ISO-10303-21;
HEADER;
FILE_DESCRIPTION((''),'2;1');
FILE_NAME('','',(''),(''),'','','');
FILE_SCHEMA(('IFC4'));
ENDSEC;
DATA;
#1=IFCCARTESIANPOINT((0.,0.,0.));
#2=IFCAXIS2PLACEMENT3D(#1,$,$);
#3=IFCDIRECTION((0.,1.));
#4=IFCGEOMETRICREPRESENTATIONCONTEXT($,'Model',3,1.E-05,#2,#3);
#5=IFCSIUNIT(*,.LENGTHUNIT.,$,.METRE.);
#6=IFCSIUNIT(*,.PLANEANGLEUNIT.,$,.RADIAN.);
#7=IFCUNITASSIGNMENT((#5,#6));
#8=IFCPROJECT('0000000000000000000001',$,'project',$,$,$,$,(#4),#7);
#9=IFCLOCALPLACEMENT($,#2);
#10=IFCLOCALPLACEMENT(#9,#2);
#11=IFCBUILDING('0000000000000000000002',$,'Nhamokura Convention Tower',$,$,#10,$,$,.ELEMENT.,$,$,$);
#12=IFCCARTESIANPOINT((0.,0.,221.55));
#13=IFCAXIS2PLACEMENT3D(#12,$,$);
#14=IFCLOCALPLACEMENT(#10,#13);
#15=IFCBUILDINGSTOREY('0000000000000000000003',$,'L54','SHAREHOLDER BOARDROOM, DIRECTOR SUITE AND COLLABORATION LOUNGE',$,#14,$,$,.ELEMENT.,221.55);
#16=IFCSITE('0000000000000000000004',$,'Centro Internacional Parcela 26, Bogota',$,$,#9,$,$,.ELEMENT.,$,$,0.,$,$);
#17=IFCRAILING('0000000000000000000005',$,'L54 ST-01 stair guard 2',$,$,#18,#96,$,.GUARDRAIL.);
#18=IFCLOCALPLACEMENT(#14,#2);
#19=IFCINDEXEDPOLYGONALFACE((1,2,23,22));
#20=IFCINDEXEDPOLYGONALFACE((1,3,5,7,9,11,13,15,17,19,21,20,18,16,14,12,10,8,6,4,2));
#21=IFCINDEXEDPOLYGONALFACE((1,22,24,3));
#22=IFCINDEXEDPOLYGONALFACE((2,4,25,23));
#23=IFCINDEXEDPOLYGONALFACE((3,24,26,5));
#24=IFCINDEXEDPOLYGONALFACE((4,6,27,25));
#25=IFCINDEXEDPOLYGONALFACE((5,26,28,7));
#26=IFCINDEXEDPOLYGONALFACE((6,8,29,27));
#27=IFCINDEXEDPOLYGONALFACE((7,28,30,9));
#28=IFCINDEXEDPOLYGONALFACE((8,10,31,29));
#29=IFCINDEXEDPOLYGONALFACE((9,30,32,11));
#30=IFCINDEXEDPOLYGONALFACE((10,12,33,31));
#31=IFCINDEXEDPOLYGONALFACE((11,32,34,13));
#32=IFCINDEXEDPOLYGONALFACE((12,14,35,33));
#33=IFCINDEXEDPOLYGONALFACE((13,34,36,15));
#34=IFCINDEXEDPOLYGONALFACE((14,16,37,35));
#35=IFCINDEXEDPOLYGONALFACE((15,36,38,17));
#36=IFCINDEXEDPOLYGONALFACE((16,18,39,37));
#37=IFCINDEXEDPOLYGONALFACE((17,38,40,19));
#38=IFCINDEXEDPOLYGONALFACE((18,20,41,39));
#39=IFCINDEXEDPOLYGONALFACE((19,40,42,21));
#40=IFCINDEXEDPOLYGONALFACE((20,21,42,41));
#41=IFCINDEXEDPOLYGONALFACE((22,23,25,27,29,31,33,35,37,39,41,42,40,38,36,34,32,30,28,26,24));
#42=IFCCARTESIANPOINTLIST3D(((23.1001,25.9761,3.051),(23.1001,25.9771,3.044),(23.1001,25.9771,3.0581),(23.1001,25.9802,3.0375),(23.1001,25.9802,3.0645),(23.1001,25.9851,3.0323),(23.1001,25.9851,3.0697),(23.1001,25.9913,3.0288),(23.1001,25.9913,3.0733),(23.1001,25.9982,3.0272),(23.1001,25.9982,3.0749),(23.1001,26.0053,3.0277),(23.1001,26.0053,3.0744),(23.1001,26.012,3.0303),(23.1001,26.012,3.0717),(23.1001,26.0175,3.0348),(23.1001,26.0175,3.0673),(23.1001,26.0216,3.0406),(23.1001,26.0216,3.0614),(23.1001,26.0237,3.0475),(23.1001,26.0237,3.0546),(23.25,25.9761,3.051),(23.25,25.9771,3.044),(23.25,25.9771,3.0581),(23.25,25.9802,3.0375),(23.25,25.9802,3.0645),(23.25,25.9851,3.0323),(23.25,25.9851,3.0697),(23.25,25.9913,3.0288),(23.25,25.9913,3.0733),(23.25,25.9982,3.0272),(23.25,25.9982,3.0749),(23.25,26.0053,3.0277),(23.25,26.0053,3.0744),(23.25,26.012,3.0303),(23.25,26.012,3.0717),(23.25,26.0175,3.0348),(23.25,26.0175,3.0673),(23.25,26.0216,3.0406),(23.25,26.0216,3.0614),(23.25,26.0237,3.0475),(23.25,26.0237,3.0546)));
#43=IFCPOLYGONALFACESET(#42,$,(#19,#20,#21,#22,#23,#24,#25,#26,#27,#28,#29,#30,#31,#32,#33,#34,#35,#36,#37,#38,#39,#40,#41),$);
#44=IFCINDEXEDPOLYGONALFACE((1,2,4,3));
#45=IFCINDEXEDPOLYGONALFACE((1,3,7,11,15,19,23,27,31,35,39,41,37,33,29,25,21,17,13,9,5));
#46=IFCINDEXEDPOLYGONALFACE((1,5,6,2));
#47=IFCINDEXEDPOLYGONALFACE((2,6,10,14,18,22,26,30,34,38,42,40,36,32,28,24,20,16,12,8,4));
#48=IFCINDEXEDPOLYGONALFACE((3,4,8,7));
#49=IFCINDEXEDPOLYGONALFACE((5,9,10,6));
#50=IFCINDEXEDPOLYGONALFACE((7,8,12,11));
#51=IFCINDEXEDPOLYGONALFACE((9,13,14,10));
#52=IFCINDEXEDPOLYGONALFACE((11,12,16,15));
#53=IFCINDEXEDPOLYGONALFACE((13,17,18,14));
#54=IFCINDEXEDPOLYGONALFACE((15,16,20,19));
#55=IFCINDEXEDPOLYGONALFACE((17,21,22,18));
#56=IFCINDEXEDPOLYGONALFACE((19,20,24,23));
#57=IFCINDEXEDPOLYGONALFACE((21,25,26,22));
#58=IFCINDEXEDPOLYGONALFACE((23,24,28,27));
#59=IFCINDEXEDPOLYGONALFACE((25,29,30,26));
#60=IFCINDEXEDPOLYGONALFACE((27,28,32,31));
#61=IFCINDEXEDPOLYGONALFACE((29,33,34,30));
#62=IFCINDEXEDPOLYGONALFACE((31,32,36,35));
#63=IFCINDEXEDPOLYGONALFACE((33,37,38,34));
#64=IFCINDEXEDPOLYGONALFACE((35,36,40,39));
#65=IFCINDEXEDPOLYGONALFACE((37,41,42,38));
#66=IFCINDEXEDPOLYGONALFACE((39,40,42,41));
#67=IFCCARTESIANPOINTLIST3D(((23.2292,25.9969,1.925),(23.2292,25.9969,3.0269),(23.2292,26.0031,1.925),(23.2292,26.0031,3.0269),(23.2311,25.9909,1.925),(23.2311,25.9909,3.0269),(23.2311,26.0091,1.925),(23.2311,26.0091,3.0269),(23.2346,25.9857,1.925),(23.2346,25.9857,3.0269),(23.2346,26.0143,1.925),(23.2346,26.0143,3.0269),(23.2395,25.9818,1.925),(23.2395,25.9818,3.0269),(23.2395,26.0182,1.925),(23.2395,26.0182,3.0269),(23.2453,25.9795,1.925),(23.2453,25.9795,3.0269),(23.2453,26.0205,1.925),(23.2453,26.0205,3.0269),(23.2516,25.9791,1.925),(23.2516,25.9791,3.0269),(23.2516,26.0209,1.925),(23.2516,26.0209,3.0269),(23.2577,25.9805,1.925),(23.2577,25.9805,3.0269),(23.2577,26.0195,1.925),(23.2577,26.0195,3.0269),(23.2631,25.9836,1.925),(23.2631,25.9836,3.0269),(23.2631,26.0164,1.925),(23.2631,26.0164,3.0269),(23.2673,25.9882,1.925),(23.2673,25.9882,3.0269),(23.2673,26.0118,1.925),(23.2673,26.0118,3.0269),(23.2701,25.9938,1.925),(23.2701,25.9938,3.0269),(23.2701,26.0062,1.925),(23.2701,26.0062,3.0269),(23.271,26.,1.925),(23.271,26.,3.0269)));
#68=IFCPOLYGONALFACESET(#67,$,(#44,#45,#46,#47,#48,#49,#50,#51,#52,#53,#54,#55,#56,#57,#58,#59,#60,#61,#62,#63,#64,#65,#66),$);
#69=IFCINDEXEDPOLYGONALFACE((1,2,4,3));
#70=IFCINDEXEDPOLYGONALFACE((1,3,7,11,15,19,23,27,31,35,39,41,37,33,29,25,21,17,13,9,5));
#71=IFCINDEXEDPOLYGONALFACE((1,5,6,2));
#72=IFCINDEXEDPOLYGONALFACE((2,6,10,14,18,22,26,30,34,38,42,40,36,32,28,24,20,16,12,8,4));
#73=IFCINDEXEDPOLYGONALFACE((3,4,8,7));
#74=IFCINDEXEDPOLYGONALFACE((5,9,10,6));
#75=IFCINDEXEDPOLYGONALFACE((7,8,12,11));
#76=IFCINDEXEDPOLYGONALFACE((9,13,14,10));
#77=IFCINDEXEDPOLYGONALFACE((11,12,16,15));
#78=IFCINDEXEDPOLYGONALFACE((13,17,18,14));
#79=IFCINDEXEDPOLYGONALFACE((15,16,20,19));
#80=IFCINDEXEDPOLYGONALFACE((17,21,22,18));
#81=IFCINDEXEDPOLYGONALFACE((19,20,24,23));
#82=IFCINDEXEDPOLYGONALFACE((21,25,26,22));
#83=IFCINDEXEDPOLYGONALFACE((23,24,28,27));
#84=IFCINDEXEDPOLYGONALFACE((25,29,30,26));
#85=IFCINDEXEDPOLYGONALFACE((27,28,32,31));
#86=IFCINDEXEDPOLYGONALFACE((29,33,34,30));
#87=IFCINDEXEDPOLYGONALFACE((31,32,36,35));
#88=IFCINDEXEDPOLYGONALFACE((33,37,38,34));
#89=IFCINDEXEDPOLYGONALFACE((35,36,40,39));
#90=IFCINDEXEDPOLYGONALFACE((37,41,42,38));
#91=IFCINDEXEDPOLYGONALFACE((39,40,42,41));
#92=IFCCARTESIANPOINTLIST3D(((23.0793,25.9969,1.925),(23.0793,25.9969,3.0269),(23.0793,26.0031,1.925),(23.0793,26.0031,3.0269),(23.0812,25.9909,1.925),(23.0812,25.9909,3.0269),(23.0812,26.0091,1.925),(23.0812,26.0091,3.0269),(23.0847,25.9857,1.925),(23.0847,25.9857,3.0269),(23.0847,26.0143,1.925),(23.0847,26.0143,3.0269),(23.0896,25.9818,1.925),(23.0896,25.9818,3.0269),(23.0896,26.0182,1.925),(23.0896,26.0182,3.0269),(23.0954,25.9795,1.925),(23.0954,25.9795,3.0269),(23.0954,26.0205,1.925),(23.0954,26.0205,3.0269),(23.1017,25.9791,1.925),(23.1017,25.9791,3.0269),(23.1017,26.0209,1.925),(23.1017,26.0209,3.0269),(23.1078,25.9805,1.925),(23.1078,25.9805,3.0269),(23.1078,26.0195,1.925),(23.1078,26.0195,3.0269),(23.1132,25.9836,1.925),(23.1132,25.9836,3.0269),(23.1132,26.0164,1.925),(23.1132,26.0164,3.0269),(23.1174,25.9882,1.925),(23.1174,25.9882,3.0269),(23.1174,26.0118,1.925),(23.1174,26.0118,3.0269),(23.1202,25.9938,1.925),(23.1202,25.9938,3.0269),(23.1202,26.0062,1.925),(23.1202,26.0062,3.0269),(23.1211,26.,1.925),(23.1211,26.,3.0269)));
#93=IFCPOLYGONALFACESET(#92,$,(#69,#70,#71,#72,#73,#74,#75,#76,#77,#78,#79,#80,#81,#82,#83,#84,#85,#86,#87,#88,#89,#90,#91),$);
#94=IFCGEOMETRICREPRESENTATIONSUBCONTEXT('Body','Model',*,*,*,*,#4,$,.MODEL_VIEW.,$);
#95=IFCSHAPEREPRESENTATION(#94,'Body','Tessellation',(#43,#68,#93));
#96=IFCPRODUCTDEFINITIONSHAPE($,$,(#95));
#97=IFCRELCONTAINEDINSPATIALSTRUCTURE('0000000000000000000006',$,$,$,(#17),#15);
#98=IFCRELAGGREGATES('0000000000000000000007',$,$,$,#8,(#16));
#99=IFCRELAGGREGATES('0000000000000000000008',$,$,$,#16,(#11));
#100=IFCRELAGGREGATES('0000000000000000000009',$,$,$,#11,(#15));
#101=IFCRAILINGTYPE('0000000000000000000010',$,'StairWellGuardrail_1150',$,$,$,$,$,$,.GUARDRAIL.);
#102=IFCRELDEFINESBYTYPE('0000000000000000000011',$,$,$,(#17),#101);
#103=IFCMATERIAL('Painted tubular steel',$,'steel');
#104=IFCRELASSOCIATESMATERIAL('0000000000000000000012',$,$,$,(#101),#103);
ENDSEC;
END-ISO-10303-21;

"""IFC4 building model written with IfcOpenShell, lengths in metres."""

from ifc_helpers import new_model, si_unit, direction, frame, origin, origin_2d, place, context, subcontext, project, spatial, circle, extrude, material, type_object, element, save


model = new_model("IFC4")

# Units and contexts
model_context = context("Model", 3, precision=1e-05, world=origin(), true_north=direction((0.0, 1.0)))
body_context = subcontext(model_context, "Body", "Model", "MODEL_VIEW")
ifc_project = project(units=[si_unit("LENGTHUNIT", "METRE"), si_unit("PLANEANGLEUNIT", "RADIAN")], contexts=[model_context])

# Site, building, storey
site_placement = place(None, origin())
site = spatial("IfcSite", under=ifc_project, at=site_placement, Name="Centro Internacional Parcela 26, Bogota", CompositionType="ELEMENT", RefElevation=0.0)
building_placement = place(site_placement, origin())
building = spatial("IfcBuilding", under=site, at=building_placement, Name="Nhamokura Convention Tower", CompositionType="ELEMENT")
storey_placement = place(building_placement, frame((0.0, 0.0, 221.55)))
storey = spatial("IfcBuildingStorey", under=building, at=storey_placement, Name="L54", Description="SHAREHOLDER BOARDROOM, DIRECTOR SUITE AND COLLABORATION LOUNGE", CompositionType="ELEMENT", Elevation=221.55)

# Railing
ifc_material_1 = material(Name="Painted tubular steel", Category="steel")
railing_type_1 = type_object("IfcRailingType", Name="StairWellGuardrail_1150", PredefinedType="GUARDRAIL", material=ifc_material_1)
railing_1_placement = place(storey_placement, frame((23.25, 26.0, 1.925)))
element("IfcRailing", 1, at=railing_1_placement, inside=storey, type_object=railing_type_1, Name="L54 ST-01 stair guard 2", PredefinedType="GUARDRAIL", context=body_context, shape_type="SweptSolid", body=[
    extrude(circle(Radius=0.0239, at=origin_2d()), frame((0.0, 0.0, 1.126), z_axis=(-1.0, 0.0, 0.0), x_axis=(0.0, -1.0, 0.0)), (0.0, 0.0, 1.0), 0.1499),
    extrude(circle(Radius=0.021, at=origin_2d()), origin(), (0.0, 0.0, 1.0), 1.1018),
    extrude(circle(Radius=0.021, at=origin_2d()), frame((-0.1499, 0.0, 0.0)), (0.0, 0.0, 1.0), 1.1018),
])

save(model, "model.ifc")
